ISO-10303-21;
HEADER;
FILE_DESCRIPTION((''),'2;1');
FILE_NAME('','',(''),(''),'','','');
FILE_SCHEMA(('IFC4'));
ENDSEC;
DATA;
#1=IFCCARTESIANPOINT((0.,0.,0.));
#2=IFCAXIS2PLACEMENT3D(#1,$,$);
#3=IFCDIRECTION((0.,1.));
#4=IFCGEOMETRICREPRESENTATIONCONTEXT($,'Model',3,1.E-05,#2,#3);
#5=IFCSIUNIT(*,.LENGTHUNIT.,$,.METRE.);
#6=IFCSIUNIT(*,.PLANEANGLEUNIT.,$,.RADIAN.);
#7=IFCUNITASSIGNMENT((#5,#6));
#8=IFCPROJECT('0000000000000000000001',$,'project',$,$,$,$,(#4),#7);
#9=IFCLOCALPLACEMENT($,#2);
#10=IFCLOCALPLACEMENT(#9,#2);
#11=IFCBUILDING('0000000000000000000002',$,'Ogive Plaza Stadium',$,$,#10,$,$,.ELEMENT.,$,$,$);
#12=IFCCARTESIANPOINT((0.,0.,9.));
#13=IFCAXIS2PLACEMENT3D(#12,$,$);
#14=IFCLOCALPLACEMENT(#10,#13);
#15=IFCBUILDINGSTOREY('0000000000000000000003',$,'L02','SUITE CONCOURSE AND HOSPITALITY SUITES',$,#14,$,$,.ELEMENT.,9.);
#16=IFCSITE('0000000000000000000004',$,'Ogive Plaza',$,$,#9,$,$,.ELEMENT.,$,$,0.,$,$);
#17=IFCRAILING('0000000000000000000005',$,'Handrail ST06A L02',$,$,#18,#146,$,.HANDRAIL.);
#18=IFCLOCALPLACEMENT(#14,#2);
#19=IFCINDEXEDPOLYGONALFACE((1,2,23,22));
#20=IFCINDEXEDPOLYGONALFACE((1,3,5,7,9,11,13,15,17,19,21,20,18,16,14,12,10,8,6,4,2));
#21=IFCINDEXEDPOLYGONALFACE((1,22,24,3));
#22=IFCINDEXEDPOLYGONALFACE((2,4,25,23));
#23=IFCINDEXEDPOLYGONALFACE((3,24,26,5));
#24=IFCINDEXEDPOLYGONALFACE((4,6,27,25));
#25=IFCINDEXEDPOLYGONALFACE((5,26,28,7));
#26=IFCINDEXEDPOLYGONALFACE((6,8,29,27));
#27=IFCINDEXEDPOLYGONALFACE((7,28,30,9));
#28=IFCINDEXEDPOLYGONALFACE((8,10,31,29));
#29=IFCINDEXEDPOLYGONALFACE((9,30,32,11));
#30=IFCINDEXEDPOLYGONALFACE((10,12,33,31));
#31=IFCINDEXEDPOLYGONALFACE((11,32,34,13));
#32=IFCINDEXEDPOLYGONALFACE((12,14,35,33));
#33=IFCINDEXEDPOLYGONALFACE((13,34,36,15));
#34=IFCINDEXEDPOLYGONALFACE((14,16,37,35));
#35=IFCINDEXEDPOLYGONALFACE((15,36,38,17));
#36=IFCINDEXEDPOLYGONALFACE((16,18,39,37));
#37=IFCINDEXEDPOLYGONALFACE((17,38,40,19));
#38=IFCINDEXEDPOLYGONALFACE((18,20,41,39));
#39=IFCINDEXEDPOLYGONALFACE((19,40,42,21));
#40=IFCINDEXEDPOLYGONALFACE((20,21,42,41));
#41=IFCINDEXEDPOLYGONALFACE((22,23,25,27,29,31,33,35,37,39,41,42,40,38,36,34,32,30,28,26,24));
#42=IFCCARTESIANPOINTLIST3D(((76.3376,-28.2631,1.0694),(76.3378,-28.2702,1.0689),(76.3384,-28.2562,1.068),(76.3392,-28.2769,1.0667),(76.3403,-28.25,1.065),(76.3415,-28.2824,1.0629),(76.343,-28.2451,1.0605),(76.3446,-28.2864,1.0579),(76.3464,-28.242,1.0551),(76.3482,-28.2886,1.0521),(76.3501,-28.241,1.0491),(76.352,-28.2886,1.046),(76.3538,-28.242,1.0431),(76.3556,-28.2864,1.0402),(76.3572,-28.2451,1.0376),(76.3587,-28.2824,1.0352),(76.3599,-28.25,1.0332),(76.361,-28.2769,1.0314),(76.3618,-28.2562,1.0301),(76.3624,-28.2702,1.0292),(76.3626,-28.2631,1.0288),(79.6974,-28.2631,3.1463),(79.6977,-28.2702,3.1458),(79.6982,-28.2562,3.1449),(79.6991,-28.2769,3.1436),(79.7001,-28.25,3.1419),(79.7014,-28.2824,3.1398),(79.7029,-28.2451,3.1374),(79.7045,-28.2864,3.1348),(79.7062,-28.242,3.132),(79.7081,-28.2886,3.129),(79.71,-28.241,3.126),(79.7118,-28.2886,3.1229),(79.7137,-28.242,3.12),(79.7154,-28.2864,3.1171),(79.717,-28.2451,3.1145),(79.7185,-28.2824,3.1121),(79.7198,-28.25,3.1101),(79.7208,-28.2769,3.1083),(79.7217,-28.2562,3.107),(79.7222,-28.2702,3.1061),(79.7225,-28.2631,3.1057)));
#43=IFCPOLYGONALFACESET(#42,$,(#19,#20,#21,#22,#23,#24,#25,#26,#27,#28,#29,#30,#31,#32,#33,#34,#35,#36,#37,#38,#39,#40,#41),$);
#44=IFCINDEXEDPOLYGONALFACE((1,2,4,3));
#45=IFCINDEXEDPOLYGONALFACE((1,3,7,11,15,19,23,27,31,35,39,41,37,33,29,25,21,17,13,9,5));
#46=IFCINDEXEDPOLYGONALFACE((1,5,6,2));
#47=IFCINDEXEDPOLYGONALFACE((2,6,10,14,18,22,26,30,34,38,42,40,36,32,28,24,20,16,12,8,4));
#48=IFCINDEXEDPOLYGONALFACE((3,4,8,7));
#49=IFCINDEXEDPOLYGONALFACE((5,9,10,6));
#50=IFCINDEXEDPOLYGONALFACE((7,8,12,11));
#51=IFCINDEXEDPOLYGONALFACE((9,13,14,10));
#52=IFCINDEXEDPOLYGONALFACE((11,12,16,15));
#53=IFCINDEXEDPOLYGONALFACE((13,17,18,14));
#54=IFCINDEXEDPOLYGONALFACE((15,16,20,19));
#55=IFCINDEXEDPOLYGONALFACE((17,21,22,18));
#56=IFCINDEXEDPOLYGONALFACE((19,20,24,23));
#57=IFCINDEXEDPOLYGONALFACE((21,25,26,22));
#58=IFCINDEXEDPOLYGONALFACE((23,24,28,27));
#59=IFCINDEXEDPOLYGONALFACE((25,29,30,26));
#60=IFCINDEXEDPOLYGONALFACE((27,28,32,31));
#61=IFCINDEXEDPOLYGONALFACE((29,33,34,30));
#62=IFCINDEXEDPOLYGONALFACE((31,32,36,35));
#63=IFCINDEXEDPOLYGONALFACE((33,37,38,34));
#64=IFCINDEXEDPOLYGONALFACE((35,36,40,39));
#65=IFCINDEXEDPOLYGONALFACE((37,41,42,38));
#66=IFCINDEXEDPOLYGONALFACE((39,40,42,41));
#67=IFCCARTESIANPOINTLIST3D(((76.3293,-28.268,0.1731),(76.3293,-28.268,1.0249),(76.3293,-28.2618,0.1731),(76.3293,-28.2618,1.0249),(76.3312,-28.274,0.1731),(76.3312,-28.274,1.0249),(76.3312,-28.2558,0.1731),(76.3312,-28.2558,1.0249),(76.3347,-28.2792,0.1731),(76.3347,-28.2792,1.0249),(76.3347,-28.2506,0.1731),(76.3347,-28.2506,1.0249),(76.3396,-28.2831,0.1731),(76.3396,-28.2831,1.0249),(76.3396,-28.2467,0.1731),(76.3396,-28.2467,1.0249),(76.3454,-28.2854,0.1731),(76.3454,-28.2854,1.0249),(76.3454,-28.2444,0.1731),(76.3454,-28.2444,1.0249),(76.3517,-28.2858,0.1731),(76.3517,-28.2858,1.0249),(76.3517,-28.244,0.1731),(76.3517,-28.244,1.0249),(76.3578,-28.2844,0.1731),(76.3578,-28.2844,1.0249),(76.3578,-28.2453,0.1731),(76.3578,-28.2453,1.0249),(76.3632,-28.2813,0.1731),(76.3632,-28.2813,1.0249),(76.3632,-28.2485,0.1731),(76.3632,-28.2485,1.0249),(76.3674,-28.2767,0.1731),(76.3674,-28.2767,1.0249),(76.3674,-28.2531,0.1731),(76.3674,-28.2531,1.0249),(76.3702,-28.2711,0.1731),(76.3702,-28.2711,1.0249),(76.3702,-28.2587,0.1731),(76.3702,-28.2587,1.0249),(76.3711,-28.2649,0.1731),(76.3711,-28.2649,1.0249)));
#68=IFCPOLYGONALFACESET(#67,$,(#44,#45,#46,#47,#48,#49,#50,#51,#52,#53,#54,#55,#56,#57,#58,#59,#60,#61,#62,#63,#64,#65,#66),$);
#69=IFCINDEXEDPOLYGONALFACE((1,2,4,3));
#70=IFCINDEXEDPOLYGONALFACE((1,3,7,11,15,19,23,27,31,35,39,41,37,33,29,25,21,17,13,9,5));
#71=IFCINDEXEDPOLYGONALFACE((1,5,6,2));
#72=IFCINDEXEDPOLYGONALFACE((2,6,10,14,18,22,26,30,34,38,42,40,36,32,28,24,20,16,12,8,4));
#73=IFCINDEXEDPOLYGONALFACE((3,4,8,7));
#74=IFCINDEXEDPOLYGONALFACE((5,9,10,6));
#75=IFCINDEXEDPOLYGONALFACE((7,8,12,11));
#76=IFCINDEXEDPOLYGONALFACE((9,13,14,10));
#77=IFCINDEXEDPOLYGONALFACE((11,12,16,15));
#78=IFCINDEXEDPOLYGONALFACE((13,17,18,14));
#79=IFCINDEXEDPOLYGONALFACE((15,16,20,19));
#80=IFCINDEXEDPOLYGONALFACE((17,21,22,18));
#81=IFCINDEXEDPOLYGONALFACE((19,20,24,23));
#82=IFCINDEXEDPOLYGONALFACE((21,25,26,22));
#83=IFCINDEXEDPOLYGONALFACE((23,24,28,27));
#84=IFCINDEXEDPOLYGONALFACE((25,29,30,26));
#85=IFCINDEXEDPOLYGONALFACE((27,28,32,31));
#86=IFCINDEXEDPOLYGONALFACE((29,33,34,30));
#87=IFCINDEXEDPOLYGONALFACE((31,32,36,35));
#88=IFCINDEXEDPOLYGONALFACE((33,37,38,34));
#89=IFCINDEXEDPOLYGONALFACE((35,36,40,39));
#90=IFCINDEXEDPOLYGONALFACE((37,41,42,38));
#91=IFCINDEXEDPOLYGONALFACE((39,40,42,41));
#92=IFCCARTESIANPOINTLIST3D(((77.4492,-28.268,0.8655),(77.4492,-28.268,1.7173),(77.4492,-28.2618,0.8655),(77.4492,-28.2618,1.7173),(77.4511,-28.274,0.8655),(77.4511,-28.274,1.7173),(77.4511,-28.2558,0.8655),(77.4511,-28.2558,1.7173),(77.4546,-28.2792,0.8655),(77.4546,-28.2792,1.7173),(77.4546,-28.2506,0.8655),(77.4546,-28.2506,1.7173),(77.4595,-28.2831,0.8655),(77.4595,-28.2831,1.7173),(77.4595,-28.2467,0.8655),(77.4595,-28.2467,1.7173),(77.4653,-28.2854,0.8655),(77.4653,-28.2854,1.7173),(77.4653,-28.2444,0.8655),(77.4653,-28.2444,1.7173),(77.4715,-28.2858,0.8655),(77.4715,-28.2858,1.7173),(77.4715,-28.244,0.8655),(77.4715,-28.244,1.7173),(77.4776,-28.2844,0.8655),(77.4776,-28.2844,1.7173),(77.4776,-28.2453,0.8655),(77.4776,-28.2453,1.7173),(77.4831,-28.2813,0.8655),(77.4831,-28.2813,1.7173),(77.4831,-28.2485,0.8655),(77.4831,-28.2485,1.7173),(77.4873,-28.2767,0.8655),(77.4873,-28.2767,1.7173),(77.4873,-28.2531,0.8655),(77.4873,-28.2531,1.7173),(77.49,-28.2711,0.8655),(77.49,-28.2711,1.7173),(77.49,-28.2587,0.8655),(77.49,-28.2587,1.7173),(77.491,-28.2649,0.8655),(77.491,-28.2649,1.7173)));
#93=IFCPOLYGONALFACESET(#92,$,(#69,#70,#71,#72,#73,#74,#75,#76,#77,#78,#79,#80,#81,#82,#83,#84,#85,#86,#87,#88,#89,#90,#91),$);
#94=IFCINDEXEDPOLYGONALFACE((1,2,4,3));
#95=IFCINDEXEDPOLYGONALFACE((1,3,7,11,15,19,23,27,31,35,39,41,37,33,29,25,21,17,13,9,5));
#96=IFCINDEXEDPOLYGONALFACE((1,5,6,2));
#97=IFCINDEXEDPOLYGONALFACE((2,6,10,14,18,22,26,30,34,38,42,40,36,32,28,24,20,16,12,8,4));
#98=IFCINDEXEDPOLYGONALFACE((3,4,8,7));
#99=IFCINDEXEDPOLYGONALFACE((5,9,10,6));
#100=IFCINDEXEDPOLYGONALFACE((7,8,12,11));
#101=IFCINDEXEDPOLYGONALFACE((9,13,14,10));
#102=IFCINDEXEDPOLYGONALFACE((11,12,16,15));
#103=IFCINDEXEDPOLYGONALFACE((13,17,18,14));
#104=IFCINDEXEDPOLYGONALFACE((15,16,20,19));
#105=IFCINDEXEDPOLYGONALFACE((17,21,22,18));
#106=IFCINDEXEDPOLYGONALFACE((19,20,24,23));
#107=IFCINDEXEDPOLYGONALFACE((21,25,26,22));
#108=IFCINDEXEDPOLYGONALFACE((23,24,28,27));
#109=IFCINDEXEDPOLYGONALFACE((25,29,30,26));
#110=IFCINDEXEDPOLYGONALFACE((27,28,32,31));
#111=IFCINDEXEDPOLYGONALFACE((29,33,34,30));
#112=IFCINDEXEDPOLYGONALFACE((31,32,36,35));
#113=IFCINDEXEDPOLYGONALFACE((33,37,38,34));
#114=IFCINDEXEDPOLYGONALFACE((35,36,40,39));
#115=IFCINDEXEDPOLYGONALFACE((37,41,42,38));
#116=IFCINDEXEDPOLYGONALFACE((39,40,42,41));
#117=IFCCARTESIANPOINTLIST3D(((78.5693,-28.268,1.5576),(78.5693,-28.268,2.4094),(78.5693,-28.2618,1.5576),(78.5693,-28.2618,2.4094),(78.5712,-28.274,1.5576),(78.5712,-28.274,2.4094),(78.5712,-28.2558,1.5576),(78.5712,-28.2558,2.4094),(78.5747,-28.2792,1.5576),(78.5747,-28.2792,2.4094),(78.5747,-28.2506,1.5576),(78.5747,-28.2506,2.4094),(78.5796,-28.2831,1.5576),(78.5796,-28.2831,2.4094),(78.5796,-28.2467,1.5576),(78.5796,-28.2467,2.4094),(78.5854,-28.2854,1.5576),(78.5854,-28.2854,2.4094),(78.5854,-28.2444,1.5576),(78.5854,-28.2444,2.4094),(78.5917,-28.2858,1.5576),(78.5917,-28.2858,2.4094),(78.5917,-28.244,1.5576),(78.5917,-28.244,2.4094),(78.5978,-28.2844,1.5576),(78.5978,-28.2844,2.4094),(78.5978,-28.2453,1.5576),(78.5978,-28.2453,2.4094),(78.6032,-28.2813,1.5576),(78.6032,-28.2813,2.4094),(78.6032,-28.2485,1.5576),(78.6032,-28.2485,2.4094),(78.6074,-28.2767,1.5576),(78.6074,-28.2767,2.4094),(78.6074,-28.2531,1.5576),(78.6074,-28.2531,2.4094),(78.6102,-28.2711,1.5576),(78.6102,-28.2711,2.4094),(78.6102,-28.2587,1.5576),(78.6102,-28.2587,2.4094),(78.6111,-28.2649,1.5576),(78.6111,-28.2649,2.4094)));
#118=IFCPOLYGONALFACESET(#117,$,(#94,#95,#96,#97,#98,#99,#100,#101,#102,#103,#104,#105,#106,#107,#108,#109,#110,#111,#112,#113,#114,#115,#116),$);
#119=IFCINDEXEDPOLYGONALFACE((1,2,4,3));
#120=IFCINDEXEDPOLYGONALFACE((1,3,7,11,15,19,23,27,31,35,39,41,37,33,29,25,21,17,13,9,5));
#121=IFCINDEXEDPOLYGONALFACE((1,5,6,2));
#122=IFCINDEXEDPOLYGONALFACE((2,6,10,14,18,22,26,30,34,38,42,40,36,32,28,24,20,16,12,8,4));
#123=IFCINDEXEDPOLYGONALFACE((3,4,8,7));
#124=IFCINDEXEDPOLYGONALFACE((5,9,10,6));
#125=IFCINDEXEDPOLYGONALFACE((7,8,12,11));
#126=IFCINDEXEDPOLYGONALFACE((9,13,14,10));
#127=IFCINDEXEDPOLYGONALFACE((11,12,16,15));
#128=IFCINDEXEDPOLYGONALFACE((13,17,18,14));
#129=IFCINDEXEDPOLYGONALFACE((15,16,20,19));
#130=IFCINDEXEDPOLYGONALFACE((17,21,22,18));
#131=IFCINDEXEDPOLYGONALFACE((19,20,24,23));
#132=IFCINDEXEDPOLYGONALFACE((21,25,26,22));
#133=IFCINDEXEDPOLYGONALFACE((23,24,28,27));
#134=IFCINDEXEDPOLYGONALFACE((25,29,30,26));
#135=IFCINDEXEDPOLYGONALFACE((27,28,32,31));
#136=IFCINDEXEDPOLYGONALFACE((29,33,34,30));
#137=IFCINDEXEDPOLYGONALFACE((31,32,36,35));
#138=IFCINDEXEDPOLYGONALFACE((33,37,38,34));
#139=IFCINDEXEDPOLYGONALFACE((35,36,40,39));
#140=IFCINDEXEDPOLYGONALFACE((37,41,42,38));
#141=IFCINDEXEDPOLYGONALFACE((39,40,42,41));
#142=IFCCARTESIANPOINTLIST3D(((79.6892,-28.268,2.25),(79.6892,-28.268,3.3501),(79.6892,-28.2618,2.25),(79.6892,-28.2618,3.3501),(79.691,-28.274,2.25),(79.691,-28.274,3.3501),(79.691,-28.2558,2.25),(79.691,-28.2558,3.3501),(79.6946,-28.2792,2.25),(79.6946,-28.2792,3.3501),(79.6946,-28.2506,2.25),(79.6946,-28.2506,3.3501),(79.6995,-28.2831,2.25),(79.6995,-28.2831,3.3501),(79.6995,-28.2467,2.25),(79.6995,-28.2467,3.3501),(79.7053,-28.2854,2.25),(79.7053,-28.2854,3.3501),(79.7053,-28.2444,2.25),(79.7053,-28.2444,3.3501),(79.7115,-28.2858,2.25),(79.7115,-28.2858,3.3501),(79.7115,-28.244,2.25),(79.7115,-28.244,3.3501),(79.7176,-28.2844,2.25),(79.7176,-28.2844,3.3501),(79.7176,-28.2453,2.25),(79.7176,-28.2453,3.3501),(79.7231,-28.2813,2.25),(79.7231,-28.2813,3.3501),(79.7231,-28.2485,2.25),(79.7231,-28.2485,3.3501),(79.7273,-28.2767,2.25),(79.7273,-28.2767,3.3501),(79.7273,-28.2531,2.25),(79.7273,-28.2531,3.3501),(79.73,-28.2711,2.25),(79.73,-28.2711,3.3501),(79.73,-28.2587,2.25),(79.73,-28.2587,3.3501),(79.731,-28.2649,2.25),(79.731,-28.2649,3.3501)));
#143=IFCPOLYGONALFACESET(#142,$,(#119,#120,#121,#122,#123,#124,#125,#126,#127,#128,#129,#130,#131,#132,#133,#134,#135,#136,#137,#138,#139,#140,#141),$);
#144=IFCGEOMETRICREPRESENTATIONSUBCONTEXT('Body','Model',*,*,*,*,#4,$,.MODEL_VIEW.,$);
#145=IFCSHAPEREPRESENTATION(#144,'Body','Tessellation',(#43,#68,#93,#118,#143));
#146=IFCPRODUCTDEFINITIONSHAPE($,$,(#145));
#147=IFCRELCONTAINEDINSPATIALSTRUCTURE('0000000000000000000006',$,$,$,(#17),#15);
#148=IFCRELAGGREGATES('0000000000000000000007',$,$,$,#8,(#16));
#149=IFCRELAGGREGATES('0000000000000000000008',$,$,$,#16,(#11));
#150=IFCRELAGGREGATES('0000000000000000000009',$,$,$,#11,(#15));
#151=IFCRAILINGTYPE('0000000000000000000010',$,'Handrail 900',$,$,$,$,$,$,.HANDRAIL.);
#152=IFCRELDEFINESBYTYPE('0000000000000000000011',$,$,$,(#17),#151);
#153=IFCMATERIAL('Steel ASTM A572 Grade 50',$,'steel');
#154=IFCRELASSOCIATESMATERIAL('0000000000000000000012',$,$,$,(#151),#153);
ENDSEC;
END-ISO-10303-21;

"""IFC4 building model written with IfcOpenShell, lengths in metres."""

from ifc_helpers import new_model, si_unit, direction, frame, origin, origin_2d, place, context, subcontext, project, spatial, circle, extrude, material, type_object, element, save


model = new_model("IFC4")

# Units and contexts
model_context = context("Model", 3, precision=1e-05, world=origin(), true_north=direction((0.0, 1.0)))
body_context = subcontext(model_context, "Body", "Model", "MODEL_VIEW")
ifc_project = project(units=[si_unit("LENGTHUNIT", "METRE"), si_unit("PLANEANGLEUNIT", "RADIAN")], contexts=[model_context])

# Site, building, storey
site_placement = place(None, origin())
site = spatial("IfcSite", under=ifc_project, at=site_placement, Name="Ogive Plaza", CompositionType="ELEMENT", RefElevation=0.0)
building_placement = place(site_placement, origin())
building = spatial("IfcBuilding", under=site, at=building_placement, Name="Ogive Plaza Stadium", CompositionType="ELEMENT")
storey_placement = place(building_placement, frame((0.0, 0.0, 9.0)))
storey = spatial("IfcBuildingStorey", under=building, at=storey_placement, Name="L02", Description="SUITE CONCOURSE AND HOSPITALITY SUITES", CompositionType="ELEMENT", Elevation=9.0)

# Railing
ifc_material_1 = material(Name="Steel ASTM A572 Grade 50", Category="steel")
railing_type_1 = type_object("IfcRailingType", Name="Handrail 900", PredefinedType="HANDRAIL", material=ifc_material_1)
for number, where, name in (
    (1, (76.3501, -28.2649, 0.1731), "Handrail ST06A L02"),
):
    element("IfcRailing", number, at=place(storey_placement, frame(where)), inside=storey, type_object=railing_type_1, Name=name, PredefinedType="HANDRAIL", context=body_context, shape_type="SweptSolid", body=[
        extrude(circle(Radius=0.0239, at=origin_2d()), frame((0.0, 0.0, 0.876), z_axis=(0.850606, 0.0, 0.525803), x_axis=(0.0, 1.0, 0.0)), (0.0, 0.0, 1.0), 3.95),
        extrude(circle(Radius=0.021, at=origin_2d()), origin(), (0.0, 0.0, 1.0), 0.8518),
        extrude(circle(Radius=0.021, at=origin_2d()), frame((1.1199, 0.0, 0.6924)), (0.0, 0.0, 1.0), 0.8518),
        extrude(circle(Radius=0.021, at=origin_2d()), frame((2.24, 0.0, 1.3845)), (0.0, 0.0, 1.0), 0.8518),
        extrude(circle(Radius=0.021, at=origin_2d()), frame((3.3599, 0.0, 2.0769)), (0.0, 0.0, 1.0), 1.1001),
    ])

save(model, "model.ifc")
